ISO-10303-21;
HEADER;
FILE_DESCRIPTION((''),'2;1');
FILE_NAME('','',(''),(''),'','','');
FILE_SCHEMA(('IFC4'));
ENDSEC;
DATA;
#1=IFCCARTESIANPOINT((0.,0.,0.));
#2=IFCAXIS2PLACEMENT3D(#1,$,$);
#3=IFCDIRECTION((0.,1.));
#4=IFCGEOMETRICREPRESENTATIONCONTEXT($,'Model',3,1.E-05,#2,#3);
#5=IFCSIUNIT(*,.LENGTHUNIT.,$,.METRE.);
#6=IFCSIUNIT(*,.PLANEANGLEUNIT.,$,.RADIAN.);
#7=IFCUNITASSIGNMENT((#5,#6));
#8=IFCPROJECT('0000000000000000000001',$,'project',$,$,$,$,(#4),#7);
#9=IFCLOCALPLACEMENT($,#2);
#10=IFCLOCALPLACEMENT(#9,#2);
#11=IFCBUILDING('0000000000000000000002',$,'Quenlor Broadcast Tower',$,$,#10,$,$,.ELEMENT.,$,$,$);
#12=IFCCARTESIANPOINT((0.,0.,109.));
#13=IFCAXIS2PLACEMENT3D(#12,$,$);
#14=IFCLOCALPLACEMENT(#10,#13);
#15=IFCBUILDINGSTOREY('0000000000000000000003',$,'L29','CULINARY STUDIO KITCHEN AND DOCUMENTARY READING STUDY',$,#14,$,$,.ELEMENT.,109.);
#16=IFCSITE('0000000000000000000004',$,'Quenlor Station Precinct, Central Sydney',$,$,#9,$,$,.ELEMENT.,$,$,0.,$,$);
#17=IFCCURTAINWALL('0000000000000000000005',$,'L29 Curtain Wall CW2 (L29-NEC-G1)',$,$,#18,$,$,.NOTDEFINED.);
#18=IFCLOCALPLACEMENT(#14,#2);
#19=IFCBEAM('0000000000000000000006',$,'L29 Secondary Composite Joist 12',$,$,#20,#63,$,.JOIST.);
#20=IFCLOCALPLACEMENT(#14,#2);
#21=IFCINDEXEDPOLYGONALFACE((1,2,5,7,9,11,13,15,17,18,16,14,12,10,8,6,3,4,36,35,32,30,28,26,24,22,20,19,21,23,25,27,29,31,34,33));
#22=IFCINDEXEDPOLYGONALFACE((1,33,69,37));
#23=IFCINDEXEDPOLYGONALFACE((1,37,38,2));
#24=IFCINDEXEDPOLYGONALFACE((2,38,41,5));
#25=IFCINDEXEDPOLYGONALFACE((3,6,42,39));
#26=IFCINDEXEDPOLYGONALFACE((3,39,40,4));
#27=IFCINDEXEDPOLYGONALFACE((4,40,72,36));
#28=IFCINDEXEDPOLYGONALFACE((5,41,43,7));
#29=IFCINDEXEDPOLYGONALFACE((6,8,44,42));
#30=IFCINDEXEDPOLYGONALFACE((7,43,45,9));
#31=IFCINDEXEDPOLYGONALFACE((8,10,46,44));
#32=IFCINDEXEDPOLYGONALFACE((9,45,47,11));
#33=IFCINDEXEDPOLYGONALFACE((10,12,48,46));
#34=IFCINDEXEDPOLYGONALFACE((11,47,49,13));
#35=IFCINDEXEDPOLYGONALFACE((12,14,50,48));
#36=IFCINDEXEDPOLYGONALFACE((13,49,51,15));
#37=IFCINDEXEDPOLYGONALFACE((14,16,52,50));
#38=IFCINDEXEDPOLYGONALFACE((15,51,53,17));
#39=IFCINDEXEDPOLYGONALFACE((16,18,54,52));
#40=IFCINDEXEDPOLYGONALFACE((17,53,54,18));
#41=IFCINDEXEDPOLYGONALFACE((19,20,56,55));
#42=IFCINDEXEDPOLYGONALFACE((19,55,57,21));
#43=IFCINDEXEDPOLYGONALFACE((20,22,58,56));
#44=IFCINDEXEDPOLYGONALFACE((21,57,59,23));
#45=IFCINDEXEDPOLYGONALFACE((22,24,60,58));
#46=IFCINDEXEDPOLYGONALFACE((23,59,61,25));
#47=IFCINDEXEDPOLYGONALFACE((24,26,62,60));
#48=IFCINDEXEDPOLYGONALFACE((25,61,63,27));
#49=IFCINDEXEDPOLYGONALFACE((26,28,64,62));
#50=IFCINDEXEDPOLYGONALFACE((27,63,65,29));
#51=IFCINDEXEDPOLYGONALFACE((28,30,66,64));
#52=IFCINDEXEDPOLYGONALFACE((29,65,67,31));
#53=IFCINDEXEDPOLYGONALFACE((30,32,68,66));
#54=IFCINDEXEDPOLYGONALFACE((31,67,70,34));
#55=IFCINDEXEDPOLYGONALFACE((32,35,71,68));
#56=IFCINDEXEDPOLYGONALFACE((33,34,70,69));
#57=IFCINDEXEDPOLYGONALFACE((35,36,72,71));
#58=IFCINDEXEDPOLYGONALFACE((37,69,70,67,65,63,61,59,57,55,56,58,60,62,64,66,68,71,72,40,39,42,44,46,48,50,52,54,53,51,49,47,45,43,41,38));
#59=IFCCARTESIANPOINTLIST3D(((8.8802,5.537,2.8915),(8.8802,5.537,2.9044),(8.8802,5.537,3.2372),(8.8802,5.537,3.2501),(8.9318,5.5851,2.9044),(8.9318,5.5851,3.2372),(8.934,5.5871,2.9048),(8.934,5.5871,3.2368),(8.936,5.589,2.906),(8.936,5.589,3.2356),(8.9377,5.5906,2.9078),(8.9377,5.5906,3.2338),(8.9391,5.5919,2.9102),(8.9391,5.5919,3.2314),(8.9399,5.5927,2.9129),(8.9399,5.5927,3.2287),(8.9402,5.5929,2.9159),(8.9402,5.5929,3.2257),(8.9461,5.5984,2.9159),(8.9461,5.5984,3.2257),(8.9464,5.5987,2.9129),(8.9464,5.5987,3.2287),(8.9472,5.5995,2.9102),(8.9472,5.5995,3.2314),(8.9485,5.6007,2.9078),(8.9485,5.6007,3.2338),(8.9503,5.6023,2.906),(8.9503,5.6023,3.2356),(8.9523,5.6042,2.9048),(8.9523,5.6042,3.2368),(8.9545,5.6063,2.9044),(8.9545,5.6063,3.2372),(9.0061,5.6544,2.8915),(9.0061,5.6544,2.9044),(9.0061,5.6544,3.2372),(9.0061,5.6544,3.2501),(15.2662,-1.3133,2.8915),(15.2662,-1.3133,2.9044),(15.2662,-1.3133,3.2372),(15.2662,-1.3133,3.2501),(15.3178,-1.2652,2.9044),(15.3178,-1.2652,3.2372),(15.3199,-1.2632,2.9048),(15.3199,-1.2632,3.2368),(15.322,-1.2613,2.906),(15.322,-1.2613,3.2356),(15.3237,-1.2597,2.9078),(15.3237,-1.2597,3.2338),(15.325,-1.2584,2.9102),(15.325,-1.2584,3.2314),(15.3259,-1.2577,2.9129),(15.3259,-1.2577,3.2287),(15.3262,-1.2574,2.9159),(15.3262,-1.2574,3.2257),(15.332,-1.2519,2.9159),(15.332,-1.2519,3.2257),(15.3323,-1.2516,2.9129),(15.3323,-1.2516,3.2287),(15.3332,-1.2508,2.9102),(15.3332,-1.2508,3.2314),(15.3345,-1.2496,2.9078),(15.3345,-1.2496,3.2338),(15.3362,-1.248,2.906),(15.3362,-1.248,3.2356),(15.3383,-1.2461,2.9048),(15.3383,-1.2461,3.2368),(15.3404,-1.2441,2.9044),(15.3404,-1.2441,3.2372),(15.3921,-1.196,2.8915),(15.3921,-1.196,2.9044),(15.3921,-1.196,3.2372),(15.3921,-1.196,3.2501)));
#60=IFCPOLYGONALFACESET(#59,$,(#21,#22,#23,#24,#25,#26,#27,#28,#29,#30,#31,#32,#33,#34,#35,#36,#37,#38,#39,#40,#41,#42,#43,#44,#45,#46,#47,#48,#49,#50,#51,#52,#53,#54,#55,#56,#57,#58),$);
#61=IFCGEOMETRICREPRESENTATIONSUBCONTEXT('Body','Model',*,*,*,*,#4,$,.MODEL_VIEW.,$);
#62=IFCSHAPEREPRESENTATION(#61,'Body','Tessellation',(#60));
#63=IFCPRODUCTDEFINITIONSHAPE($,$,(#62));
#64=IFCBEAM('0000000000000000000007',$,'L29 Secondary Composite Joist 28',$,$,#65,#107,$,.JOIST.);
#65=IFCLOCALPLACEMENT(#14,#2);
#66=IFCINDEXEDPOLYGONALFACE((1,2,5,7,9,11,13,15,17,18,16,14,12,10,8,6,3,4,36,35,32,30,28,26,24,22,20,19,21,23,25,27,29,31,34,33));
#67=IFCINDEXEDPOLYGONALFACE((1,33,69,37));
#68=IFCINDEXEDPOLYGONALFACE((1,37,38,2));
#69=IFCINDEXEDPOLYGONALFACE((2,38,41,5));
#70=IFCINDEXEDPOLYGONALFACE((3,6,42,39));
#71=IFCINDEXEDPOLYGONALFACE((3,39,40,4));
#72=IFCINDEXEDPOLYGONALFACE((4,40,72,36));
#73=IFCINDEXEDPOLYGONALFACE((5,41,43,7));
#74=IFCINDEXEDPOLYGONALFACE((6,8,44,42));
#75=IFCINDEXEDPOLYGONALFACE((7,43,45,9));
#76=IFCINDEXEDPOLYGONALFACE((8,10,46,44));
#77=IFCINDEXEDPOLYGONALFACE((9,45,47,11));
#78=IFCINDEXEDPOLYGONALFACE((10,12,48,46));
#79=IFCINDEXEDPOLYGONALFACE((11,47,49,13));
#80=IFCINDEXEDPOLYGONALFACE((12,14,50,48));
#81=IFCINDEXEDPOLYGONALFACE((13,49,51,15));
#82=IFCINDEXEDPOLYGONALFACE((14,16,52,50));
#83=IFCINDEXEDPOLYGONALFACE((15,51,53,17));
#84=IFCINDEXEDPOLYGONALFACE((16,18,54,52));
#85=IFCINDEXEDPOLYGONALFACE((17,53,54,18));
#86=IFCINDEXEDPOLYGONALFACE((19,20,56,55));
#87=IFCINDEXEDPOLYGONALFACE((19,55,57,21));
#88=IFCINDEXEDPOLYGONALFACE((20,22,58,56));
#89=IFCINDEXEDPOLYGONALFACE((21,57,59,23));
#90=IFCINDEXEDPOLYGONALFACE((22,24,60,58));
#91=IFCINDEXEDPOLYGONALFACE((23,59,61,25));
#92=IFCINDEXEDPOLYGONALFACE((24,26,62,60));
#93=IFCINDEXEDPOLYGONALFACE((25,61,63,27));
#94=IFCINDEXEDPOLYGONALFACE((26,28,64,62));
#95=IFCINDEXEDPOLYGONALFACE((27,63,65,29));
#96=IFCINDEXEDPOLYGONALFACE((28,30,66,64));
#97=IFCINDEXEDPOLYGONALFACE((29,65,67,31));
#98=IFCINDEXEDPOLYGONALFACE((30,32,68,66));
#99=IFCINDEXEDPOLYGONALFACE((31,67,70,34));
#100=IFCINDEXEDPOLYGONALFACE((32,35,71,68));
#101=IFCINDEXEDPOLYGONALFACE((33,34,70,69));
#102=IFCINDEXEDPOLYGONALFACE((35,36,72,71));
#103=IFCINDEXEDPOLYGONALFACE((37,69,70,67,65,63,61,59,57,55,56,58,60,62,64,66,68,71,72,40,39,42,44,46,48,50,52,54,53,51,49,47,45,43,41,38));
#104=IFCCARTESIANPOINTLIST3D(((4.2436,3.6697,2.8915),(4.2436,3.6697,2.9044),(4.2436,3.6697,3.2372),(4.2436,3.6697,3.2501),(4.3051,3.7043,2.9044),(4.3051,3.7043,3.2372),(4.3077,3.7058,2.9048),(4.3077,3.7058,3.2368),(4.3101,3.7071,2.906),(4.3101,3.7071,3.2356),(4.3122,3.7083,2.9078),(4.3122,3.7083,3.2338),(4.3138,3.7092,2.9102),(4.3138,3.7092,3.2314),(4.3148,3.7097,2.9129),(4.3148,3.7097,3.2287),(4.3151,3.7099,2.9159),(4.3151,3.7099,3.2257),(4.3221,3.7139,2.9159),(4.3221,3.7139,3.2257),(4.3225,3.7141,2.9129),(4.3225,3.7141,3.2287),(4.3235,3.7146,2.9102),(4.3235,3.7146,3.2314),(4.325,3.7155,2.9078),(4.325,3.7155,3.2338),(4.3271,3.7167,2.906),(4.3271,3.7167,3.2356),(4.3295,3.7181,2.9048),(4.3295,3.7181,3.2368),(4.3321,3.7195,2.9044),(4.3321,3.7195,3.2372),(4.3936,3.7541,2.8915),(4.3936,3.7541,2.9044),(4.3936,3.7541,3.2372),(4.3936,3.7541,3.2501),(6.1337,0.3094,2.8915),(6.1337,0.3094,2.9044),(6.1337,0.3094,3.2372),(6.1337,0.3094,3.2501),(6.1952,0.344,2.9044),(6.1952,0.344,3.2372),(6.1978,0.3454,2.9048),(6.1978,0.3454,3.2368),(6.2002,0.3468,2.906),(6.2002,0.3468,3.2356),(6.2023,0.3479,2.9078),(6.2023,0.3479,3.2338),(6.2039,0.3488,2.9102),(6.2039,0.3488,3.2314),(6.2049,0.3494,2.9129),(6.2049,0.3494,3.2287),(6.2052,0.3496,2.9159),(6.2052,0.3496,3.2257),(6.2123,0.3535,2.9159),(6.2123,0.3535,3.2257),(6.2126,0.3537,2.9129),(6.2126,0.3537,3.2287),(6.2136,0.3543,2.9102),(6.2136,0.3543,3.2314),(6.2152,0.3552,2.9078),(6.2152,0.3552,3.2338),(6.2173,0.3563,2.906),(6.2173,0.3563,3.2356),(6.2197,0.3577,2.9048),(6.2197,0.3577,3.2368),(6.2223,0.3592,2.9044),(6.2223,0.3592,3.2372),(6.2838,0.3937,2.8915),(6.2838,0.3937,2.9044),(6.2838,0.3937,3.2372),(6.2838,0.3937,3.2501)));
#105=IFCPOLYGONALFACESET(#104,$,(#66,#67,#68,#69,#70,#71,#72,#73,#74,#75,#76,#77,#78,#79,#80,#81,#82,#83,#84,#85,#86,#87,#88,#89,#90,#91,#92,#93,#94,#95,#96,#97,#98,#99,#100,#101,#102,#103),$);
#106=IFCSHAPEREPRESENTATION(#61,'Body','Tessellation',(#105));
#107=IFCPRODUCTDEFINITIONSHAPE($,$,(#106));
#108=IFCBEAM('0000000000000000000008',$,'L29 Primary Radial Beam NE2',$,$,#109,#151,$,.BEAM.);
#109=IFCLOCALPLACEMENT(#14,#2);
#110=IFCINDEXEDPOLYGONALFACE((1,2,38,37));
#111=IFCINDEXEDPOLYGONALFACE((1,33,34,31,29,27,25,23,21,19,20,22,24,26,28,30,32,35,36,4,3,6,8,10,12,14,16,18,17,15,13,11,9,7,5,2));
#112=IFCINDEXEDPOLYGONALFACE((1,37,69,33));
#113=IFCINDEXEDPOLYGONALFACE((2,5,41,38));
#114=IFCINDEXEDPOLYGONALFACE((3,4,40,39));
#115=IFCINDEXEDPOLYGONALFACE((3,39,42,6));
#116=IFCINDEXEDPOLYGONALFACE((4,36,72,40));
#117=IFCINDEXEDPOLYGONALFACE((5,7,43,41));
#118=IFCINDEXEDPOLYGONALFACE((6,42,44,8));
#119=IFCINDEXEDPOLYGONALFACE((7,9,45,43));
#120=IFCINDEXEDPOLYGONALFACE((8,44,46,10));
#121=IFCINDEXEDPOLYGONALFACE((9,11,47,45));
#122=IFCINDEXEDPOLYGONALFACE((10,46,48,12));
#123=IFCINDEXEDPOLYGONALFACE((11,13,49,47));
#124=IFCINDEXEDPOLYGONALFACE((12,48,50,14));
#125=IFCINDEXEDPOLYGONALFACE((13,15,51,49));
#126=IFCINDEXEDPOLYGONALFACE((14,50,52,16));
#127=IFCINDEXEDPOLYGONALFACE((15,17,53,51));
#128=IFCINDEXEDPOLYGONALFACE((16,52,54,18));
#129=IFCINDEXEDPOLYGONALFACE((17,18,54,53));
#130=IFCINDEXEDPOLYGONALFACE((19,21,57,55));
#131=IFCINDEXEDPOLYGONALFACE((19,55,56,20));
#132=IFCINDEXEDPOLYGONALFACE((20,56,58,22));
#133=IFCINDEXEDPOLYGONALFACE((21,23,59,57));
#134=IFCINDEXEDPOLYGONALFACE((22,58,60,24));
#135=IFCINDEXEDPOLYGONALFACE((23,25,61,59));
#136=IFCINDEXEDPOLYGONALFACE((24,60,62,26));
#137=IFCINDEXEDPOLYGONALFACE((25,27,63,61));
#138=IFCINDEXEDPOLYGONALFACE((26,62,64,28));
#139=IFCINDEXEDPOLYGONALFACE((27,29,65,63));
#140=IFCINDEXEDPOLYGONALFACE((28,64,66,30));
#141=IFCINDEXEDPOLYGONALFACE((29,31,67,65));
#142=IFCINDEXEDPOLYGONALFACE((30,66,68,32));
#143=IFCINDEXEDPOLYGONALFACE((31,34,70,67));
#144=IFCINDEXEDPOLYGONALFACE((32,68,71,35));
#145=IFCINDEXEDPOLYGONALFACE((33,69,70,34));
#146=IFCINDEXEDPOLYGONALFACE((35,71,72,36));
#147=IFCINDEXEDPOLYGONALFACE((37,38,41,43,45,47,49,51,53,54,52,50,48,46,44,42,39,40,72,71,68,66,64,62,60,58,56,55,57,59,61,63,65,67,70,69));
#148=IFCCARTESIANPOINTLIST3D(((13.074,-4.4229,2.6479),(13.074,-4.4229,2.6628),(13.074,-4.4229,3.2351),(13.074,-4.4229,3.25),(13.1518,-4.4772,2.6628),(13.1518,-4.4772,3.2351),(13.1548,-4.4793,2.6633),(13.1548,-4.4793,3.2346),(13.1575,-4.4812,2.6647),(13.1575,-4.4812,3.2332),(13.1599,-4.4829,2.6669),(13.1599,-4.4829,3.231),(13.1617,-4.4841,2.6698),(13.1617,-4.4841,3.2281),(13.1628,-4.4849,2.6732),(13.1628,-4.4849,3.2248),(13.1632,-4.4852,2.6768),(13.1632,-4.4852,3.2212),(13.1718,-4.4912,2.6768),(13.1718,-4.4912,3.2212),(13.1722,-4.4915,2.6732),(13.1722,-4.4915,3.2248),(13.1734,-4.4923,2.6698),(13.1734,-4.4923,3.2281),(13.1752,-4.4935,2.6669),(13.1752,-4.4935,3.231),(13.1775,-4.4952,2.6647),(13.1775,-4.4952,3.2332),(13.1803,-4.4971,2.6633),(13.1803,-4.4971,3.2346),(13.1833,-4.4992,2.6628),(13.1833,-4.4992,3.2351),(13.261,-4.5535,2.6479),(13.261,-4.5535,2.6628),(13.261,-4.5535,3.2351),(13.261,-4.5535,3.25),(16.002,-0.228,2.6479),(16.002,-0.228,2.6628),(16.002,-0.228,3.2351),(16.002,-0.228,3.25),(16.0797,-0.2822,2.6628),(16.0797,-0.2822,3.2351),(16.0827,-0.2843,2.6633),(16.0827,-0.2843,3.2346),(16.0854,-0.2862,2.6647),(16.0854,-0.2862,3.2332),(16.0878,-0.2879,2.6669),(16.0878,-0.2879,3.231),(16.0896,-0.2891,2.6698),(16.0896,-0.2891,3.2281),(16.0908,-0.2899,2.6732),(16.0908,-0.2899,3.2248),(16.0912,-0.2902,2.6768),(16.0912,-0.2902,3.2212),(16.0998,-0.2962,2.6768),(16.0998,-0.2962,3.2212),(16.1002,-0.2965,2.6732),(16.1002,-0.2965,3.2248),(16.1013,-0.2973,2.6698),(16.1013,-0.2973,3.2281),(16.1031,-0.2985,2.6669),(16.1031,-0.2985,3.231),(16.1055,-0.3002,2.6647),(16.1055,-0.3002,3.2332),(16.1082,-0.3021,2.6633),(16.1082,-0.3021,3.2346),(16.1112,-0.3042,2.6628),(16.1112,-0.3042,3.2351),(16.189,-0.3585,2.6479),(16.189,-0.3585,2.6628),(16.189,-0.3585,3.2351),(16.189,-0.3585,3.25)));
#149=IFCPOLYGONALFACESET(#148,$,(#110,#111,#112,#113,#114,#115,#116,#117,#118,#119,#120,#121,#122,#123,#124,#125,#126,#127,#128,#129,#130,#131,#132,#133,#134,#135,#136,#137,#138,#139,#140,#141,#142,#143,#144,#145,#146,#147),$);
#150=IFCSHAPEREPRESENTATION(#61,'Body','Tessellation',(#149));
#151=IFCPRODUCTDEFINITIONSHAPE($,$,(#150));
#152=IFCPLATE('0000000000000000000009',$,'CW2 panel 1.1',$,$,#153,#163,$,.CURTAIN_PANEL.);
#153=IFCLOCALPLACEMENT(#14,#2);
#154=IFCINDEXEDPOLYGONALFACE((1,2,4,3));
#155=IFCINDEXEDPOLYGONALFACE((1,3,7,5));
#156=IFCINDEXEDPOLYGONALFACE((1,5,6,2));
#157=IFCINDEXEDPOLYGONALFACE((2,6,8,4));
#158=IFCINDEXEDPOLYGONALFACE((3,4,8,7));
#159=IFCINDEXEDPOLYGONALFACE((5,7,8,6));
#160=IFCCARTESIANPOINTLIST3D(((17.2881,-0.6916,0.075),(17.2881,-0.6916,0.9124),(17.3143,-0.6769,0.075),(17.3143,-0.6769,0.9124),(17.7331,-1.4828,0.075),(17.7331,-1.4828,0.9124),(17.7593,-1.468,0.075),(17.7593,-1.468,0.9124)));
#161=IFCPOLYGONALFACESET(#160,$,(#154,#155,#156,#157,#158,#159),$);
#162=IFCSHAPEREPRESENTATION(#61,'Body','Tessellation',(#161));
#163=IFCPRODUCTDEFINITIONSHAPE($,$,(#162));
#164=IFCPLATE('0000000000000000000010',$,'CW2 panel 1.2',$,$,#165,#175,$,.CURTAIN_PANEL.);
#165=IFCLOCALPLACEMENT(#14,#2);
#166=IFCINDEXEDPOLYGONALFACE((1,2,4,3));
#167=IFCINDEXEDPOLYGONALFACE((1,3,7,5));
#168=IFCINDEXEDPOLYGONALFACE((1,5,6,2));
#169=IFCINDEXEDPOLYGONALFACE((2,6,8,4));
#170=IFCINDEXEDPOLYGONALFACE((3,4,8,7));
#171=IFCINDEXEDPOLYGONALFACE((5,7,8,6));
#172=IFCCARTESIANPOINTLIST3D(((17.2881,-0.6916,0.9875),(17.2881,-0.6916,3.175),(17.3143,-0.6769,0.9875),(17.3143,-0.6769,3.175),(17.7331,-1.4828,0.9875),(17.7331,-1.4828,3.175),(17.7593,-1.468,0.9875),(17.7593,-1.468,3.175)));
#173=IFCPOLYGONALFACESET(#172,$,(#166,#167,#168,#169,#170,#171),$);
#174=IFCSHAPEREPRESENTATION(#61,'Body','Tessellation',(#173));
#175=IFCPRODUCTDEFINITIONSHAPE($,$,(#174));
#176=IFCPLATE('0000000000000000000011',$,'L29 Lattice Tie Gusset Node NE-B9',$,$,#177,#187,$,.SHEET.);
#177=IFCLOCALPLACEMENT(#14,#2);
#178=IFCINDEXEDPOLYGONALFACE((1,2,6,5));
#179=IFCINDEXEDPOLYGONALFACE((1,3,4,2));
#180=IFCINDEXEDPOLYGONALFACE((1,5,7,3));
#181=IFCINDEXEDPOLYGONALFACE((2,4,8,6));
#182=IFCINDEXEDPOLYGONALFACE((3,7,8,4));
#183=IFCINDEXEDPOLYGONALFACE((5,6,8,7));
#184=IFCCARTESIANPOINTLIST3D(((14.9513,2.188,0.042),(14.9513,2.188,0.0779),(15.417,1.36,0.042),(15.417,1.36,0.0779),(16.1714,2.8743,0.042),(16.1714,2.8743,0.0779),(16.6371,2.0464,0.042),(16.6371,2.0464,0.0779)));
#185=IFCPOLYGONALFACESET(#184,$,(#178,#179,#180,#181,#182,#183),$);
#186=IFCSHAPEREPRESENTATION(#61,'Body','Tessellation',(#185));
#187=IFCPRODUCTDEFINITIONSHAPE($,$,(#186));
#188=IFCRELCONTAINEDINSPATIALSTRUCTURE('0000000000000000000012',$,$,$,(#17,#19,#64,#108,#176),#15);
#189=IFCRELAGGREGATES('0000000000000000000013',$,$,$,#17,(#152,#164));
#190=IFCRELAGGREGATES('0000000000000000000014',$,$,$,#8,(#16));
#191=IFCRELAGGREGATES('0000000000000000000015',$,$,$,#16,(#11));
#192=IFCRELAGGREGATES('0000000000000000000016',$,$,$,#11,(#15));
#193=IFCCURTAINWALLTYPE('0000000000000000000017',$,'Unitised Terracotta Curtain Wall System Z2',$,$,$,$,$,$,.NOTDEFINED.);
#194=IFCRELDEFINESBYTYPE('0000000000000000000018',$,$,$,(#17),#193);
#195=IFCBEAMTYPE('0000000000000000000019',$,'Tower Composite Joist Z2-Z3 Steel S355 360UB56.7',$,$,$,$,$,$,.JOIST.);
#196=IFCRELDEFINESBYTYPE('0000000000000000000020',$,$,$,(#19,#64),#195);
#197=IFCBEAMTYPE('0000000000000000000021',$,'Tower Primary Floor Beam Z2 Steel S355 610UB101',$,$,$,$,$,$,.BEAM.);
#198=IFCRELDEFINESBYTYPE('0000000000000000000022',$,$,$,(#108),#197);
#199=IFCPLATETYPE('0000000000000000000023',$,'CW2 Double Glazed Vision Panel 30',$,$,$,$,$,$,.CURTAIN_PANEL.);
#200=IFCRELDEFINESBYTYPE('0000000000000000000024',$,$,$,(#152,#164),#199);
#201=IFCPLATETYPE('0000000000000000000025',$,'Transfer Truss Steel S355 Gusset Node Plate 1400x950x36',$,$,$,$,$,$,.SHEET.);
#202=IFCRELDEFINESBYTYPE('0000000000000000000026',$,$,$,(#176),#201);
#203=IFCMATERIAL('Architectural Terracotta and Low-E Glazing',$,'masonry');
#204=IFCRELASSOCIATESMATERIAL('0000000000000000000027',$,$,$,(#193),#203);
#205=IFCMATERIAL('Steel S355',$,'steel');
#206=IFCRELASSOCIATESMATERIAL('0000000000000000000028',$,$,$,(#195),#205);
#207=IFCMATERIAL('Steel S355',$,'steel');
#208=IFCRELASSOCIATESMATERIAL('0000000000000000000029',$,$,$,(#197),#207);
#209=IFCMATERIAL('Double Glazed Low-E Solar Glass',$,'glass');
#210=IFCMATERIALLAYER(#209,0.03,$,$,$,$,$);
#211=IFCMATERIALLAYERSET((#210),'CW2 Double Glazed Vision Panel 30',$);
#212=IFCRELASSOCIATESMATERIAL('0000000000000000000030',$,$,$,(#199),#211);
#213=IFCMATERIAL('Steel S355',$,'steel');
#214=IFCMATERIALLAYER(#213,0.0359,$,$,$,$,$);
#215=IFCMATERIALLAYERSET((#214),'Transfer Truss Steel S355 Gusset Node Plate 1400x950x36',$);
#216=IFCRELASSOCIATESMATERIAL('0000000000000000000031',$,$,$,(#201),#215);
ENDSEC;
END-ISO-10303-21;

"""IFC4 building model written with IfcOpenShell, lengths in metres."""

from ifc_helpers import new_model, si_unit, direction, frame, origin, origin_2d, place, context, subcontext, project, spatial, rectangle, i_section, extrude, material, layer, layer_set, material_profile, profile_set, type_object, element, aggregate, save


model = new_model("IFC4")

# Units and contexts
model_context = context("Model", 3, precision=1e-05, world=origin(), true_north=direction((0.0, 1.0)))
body_context = subcontext(model_context, "Body", "Model", "MODEL_VIEW")
ifc_project = project(units=[si_unit("LENGTHUNIT", "METRE"), si_unit("PLANEANGLEUNIT", "RADIAN")], contexts=[model_context])

# Site, building, storey
site_placement = place(None, origin())
site = spatial("IfcSite", under=ifc_project, at=site_placement, Name="Quenlor Station Precinct, Central Sydney", CompositionType="ELEMENT", RefElevation=0.0)
building_placement = place(site_placement, origin())
building = spatial("IfcBuilding", under=site, at=building_placement, Name="Quenlor Broadcast Tower", CompositionType="ELEMENT")
storey_placement = place(building_placement, frame((0.0, 0.0, 109.0)))
storey = spatial("IfcBuildingStorey", under=building, at=storey_placement, Name="L29", Description="CULINARY STUDIO KITCHEN AND DOCUMENTARY READING STUDY", CompositionType="ELEMENT", Elevation=109.0)

# Curtain wall
ifc_material_1 = material(Name="Architectural Terracotta and Low-E Glazing", Category="masonry")
curtain_wall_type = type_object("IfcCurtainWallType", Name="Unitised Terracotta Curtain Wall System Z2", PredefinedType="NOTDEFINED", material=ifc_material_1)
curtain_wall_placement = place(storey_placement, origin())
curtain_wall = element("IfcCurtainWall", 1, at=curtain_wall_placement, inside=storey, type_object=curtain_wall_type, Name="L29 Curtain Wall CW2 (L29-NEC-G1)", PredefinedType="NOTDEFINED")

# Beams
ifc_material_2 = material(Name="Steel S355", Category="steel")
ifc_material_profile_1 = material_profile(ifc_material_2, i_section(OverallWidth=0.1721, OverallDepth=0.3586, WebThickness=0.0081, FlangeThickness=0.0129, FilletRadius=0.0115, at=origin_2d()))
ifc_profile_set_1 = profile_set([ifc_material_profile_1], Name="Steel S355 360UB56.7")
beam_type_1 = type_object("IfcBeamType", Name="Tower Composite Joist Z2-Z3 Steel S355 360UB56.7", PredefinedType="JOIST", material=ifc_profile_set_1)
beam_1_placement = place(storey_placement, frame((15.3291, -1.2546, 3.0708), z_axis=(-0.681881, 0.731463, 0.0), x_axis=(-0.731463, -0.681881, 0.0)))
element("IfcBeam", 2, at=beam_1_placement, inside=storey, type_object=beam_type_1, Name="L29 Secondary Composite Joist 12", PredefinedType="JOIST", context=body_context, shape_type="SweptSolid", body=[
    extrude(i_section(OverallWidth=0.1721, OverallDepth=0.3586, WebThickness=0.0081, FlangeThickness=0.0129, FilletRadius=0.0115, at=origin_2d()), origin(), (0.0, 0.0, 1.0), 9.3652),
])
beam_2_placement = place(storey_placement, frame((4.3186, 3.7119, 3.0708), z_axis=(0.490249, -0.871582, 0.0), x_axis=(0.871582, 0.490249, 0.0)))
element("IfcBeam", 3, at=beam_2_placement, inside=storey, type_object=beam_type_1, Name="L29 Secondary Composite Joist 28", PredefinedType="JOIST", context=body_context, shape_type="SweptSolid", body=[
    extrude(i_section(OverallWidth=0.1721, OverallDepth=0.3586, WebThickness=0.0081, FlangeThickness=0.0129, FilletRadius=0.0115, at=origin_2d()), origin(), (0.0, 0.0, 1.0), 3.8555),
])
ifc_material_3 = material(Name="Steel S355", Category="steel")
ifc_material_profile_2 = material_profile(ifc_material_3, i_section(OverallWidth=0.228, OverallDepth=0.6021, WebThickness=0.0105, FlangeThickness=0.0149, FilletRadius=0.0139, at=origin_2d()))
ifc_profile_set_2 = profile_set([ifc_material_profile_2], Name="Steel S355 610UB101")
beam_type_2 = type_object("IfcBeamType", Name="Tower Primary Floor Beam Z2 Steel S355 610UB101", PredefinedType="BEAM", material=ifc_profile_set_2)
beam_3_placement = place(storey_placement, frame((16.0955, -0.2932, 2.949), z_axis=(-0.572338, -0.820018, 0.0), x_axis=(0.820018, -0.572338, 0.0)))
element("IfcBeam", 4, at=beam_3_placement, inside=storey, type_object=beam_type_2, Name="L29 Primary Radial Beam NE2", PredefinedType="BEAM", context=body_context, shape_type="SweptSolid", body=[
    extrude(i_section(OverallWidth=0.228, OverallDepth=0.6021, WebThickness=0.0105, FlangeThickness=0.0149, FilletRadius=0.0139, at=origin_2d()), origin(), (0.0, 0.0, 1.0), 5.1157),
])

# Plates
ifc_material_4 = material(Name="Double Glazed Low-E Solar Glass", Category="glass")
ifc_layer_1 = layer(ifc_material_4, 0.03)
ifc_layer_set_1 = layer_set([ifc_layer_1], Name="CW2 Double Glazed Vision Panel 30")
plate_type_1 = type_object("IfcPlateType", Name="CW2 Double Glazed Vision Panel 30", PredefinedType="CURTAIN_PANEL", material=ifc_layer_set_1)
plate_1_placement = place(storey_placement, frame((17.5237, -1.0798, 0.075), z_axis=(0.0, 0.0, 1.0), x_axis=(0.490252, -0.871581, 0.0)))
plate_1 = element("IfcPlate", 5, at=plate_1_placement, type_object=plate_type_1, Name="CW2 panel 1.1", PredefinedType="CURTAIN_PANEL", context=body_context, shape_type="SweptSolid", body=[
    extrude(rectangle(XDim=0.9077, YDim=0.03, at=origin_2d()), origin(), (0.0, 0.0, 1.0), 0.8374),
])
plate_2_placement = place(storey_placement, frame((17.5237, -1.0798, 0.9875), z_axis=(0.0, 0.0, 1.0), x_axis=(0.490252, -0.871581, 0.0)))
plate_2 = element("IfcPlate", 6, at=plate_2_placement, type_object=plate_type_1, Name="CW2 panel 1.2", PredefinedType="CURTAIN_PANEL", context=body_context, shape_type="SweptSolid", body=[
    extrude(rectangle(XDim=0.9077, YDim=0.03, at=origin_2d()), origin(), (0.0, 0.0, 1.0), 2.1875),
])
aggregate(curtain_wall, [plate_1, plate_2])

# Plate
ifc_material_5 = material(Name="Steel S355", Category="steel")
ifc_layer_2 = layer(ifc_material_5, 0.0359)
ifc_layer_set_2 = layer_set([ifc_layer_2], Name="Transfer Truss Steel S355 Gusset Node Plate 1400x950x36")
plate_type_2 = type_object("IfcPlateType", Name="Transfer Truss Steel S355 Gusset Node Plate 1400x950x36", PredefinedType="SHEET", material=ifc_layer_set_2)
for number, where, z_axis, x_axis, name in (
    (7, (15.7942, 2.1172, 0.042), (0.0, 0.0, 1.0), (0.871556, 0.490295, 0.0), "L29 Lattice Tie Gusset Node NE-B9"),
):
    element("IfcPlate", number, at=place(storey_placement, frame(where, z_axis=z_axis, x_axis=x_axis)), inside=storey, type_object=plate_type_2, Name=name, PredefinedType="SHEET", context=body_context, shape_type="SweptSolid", body=[
        extrude(rectangle(XDim=1.3999, YDim=0.95, at=origin_2d()), origin(), (0.0, 0.0, 1.0), 0.0359),
    ])

save(model, "model.ifc")
